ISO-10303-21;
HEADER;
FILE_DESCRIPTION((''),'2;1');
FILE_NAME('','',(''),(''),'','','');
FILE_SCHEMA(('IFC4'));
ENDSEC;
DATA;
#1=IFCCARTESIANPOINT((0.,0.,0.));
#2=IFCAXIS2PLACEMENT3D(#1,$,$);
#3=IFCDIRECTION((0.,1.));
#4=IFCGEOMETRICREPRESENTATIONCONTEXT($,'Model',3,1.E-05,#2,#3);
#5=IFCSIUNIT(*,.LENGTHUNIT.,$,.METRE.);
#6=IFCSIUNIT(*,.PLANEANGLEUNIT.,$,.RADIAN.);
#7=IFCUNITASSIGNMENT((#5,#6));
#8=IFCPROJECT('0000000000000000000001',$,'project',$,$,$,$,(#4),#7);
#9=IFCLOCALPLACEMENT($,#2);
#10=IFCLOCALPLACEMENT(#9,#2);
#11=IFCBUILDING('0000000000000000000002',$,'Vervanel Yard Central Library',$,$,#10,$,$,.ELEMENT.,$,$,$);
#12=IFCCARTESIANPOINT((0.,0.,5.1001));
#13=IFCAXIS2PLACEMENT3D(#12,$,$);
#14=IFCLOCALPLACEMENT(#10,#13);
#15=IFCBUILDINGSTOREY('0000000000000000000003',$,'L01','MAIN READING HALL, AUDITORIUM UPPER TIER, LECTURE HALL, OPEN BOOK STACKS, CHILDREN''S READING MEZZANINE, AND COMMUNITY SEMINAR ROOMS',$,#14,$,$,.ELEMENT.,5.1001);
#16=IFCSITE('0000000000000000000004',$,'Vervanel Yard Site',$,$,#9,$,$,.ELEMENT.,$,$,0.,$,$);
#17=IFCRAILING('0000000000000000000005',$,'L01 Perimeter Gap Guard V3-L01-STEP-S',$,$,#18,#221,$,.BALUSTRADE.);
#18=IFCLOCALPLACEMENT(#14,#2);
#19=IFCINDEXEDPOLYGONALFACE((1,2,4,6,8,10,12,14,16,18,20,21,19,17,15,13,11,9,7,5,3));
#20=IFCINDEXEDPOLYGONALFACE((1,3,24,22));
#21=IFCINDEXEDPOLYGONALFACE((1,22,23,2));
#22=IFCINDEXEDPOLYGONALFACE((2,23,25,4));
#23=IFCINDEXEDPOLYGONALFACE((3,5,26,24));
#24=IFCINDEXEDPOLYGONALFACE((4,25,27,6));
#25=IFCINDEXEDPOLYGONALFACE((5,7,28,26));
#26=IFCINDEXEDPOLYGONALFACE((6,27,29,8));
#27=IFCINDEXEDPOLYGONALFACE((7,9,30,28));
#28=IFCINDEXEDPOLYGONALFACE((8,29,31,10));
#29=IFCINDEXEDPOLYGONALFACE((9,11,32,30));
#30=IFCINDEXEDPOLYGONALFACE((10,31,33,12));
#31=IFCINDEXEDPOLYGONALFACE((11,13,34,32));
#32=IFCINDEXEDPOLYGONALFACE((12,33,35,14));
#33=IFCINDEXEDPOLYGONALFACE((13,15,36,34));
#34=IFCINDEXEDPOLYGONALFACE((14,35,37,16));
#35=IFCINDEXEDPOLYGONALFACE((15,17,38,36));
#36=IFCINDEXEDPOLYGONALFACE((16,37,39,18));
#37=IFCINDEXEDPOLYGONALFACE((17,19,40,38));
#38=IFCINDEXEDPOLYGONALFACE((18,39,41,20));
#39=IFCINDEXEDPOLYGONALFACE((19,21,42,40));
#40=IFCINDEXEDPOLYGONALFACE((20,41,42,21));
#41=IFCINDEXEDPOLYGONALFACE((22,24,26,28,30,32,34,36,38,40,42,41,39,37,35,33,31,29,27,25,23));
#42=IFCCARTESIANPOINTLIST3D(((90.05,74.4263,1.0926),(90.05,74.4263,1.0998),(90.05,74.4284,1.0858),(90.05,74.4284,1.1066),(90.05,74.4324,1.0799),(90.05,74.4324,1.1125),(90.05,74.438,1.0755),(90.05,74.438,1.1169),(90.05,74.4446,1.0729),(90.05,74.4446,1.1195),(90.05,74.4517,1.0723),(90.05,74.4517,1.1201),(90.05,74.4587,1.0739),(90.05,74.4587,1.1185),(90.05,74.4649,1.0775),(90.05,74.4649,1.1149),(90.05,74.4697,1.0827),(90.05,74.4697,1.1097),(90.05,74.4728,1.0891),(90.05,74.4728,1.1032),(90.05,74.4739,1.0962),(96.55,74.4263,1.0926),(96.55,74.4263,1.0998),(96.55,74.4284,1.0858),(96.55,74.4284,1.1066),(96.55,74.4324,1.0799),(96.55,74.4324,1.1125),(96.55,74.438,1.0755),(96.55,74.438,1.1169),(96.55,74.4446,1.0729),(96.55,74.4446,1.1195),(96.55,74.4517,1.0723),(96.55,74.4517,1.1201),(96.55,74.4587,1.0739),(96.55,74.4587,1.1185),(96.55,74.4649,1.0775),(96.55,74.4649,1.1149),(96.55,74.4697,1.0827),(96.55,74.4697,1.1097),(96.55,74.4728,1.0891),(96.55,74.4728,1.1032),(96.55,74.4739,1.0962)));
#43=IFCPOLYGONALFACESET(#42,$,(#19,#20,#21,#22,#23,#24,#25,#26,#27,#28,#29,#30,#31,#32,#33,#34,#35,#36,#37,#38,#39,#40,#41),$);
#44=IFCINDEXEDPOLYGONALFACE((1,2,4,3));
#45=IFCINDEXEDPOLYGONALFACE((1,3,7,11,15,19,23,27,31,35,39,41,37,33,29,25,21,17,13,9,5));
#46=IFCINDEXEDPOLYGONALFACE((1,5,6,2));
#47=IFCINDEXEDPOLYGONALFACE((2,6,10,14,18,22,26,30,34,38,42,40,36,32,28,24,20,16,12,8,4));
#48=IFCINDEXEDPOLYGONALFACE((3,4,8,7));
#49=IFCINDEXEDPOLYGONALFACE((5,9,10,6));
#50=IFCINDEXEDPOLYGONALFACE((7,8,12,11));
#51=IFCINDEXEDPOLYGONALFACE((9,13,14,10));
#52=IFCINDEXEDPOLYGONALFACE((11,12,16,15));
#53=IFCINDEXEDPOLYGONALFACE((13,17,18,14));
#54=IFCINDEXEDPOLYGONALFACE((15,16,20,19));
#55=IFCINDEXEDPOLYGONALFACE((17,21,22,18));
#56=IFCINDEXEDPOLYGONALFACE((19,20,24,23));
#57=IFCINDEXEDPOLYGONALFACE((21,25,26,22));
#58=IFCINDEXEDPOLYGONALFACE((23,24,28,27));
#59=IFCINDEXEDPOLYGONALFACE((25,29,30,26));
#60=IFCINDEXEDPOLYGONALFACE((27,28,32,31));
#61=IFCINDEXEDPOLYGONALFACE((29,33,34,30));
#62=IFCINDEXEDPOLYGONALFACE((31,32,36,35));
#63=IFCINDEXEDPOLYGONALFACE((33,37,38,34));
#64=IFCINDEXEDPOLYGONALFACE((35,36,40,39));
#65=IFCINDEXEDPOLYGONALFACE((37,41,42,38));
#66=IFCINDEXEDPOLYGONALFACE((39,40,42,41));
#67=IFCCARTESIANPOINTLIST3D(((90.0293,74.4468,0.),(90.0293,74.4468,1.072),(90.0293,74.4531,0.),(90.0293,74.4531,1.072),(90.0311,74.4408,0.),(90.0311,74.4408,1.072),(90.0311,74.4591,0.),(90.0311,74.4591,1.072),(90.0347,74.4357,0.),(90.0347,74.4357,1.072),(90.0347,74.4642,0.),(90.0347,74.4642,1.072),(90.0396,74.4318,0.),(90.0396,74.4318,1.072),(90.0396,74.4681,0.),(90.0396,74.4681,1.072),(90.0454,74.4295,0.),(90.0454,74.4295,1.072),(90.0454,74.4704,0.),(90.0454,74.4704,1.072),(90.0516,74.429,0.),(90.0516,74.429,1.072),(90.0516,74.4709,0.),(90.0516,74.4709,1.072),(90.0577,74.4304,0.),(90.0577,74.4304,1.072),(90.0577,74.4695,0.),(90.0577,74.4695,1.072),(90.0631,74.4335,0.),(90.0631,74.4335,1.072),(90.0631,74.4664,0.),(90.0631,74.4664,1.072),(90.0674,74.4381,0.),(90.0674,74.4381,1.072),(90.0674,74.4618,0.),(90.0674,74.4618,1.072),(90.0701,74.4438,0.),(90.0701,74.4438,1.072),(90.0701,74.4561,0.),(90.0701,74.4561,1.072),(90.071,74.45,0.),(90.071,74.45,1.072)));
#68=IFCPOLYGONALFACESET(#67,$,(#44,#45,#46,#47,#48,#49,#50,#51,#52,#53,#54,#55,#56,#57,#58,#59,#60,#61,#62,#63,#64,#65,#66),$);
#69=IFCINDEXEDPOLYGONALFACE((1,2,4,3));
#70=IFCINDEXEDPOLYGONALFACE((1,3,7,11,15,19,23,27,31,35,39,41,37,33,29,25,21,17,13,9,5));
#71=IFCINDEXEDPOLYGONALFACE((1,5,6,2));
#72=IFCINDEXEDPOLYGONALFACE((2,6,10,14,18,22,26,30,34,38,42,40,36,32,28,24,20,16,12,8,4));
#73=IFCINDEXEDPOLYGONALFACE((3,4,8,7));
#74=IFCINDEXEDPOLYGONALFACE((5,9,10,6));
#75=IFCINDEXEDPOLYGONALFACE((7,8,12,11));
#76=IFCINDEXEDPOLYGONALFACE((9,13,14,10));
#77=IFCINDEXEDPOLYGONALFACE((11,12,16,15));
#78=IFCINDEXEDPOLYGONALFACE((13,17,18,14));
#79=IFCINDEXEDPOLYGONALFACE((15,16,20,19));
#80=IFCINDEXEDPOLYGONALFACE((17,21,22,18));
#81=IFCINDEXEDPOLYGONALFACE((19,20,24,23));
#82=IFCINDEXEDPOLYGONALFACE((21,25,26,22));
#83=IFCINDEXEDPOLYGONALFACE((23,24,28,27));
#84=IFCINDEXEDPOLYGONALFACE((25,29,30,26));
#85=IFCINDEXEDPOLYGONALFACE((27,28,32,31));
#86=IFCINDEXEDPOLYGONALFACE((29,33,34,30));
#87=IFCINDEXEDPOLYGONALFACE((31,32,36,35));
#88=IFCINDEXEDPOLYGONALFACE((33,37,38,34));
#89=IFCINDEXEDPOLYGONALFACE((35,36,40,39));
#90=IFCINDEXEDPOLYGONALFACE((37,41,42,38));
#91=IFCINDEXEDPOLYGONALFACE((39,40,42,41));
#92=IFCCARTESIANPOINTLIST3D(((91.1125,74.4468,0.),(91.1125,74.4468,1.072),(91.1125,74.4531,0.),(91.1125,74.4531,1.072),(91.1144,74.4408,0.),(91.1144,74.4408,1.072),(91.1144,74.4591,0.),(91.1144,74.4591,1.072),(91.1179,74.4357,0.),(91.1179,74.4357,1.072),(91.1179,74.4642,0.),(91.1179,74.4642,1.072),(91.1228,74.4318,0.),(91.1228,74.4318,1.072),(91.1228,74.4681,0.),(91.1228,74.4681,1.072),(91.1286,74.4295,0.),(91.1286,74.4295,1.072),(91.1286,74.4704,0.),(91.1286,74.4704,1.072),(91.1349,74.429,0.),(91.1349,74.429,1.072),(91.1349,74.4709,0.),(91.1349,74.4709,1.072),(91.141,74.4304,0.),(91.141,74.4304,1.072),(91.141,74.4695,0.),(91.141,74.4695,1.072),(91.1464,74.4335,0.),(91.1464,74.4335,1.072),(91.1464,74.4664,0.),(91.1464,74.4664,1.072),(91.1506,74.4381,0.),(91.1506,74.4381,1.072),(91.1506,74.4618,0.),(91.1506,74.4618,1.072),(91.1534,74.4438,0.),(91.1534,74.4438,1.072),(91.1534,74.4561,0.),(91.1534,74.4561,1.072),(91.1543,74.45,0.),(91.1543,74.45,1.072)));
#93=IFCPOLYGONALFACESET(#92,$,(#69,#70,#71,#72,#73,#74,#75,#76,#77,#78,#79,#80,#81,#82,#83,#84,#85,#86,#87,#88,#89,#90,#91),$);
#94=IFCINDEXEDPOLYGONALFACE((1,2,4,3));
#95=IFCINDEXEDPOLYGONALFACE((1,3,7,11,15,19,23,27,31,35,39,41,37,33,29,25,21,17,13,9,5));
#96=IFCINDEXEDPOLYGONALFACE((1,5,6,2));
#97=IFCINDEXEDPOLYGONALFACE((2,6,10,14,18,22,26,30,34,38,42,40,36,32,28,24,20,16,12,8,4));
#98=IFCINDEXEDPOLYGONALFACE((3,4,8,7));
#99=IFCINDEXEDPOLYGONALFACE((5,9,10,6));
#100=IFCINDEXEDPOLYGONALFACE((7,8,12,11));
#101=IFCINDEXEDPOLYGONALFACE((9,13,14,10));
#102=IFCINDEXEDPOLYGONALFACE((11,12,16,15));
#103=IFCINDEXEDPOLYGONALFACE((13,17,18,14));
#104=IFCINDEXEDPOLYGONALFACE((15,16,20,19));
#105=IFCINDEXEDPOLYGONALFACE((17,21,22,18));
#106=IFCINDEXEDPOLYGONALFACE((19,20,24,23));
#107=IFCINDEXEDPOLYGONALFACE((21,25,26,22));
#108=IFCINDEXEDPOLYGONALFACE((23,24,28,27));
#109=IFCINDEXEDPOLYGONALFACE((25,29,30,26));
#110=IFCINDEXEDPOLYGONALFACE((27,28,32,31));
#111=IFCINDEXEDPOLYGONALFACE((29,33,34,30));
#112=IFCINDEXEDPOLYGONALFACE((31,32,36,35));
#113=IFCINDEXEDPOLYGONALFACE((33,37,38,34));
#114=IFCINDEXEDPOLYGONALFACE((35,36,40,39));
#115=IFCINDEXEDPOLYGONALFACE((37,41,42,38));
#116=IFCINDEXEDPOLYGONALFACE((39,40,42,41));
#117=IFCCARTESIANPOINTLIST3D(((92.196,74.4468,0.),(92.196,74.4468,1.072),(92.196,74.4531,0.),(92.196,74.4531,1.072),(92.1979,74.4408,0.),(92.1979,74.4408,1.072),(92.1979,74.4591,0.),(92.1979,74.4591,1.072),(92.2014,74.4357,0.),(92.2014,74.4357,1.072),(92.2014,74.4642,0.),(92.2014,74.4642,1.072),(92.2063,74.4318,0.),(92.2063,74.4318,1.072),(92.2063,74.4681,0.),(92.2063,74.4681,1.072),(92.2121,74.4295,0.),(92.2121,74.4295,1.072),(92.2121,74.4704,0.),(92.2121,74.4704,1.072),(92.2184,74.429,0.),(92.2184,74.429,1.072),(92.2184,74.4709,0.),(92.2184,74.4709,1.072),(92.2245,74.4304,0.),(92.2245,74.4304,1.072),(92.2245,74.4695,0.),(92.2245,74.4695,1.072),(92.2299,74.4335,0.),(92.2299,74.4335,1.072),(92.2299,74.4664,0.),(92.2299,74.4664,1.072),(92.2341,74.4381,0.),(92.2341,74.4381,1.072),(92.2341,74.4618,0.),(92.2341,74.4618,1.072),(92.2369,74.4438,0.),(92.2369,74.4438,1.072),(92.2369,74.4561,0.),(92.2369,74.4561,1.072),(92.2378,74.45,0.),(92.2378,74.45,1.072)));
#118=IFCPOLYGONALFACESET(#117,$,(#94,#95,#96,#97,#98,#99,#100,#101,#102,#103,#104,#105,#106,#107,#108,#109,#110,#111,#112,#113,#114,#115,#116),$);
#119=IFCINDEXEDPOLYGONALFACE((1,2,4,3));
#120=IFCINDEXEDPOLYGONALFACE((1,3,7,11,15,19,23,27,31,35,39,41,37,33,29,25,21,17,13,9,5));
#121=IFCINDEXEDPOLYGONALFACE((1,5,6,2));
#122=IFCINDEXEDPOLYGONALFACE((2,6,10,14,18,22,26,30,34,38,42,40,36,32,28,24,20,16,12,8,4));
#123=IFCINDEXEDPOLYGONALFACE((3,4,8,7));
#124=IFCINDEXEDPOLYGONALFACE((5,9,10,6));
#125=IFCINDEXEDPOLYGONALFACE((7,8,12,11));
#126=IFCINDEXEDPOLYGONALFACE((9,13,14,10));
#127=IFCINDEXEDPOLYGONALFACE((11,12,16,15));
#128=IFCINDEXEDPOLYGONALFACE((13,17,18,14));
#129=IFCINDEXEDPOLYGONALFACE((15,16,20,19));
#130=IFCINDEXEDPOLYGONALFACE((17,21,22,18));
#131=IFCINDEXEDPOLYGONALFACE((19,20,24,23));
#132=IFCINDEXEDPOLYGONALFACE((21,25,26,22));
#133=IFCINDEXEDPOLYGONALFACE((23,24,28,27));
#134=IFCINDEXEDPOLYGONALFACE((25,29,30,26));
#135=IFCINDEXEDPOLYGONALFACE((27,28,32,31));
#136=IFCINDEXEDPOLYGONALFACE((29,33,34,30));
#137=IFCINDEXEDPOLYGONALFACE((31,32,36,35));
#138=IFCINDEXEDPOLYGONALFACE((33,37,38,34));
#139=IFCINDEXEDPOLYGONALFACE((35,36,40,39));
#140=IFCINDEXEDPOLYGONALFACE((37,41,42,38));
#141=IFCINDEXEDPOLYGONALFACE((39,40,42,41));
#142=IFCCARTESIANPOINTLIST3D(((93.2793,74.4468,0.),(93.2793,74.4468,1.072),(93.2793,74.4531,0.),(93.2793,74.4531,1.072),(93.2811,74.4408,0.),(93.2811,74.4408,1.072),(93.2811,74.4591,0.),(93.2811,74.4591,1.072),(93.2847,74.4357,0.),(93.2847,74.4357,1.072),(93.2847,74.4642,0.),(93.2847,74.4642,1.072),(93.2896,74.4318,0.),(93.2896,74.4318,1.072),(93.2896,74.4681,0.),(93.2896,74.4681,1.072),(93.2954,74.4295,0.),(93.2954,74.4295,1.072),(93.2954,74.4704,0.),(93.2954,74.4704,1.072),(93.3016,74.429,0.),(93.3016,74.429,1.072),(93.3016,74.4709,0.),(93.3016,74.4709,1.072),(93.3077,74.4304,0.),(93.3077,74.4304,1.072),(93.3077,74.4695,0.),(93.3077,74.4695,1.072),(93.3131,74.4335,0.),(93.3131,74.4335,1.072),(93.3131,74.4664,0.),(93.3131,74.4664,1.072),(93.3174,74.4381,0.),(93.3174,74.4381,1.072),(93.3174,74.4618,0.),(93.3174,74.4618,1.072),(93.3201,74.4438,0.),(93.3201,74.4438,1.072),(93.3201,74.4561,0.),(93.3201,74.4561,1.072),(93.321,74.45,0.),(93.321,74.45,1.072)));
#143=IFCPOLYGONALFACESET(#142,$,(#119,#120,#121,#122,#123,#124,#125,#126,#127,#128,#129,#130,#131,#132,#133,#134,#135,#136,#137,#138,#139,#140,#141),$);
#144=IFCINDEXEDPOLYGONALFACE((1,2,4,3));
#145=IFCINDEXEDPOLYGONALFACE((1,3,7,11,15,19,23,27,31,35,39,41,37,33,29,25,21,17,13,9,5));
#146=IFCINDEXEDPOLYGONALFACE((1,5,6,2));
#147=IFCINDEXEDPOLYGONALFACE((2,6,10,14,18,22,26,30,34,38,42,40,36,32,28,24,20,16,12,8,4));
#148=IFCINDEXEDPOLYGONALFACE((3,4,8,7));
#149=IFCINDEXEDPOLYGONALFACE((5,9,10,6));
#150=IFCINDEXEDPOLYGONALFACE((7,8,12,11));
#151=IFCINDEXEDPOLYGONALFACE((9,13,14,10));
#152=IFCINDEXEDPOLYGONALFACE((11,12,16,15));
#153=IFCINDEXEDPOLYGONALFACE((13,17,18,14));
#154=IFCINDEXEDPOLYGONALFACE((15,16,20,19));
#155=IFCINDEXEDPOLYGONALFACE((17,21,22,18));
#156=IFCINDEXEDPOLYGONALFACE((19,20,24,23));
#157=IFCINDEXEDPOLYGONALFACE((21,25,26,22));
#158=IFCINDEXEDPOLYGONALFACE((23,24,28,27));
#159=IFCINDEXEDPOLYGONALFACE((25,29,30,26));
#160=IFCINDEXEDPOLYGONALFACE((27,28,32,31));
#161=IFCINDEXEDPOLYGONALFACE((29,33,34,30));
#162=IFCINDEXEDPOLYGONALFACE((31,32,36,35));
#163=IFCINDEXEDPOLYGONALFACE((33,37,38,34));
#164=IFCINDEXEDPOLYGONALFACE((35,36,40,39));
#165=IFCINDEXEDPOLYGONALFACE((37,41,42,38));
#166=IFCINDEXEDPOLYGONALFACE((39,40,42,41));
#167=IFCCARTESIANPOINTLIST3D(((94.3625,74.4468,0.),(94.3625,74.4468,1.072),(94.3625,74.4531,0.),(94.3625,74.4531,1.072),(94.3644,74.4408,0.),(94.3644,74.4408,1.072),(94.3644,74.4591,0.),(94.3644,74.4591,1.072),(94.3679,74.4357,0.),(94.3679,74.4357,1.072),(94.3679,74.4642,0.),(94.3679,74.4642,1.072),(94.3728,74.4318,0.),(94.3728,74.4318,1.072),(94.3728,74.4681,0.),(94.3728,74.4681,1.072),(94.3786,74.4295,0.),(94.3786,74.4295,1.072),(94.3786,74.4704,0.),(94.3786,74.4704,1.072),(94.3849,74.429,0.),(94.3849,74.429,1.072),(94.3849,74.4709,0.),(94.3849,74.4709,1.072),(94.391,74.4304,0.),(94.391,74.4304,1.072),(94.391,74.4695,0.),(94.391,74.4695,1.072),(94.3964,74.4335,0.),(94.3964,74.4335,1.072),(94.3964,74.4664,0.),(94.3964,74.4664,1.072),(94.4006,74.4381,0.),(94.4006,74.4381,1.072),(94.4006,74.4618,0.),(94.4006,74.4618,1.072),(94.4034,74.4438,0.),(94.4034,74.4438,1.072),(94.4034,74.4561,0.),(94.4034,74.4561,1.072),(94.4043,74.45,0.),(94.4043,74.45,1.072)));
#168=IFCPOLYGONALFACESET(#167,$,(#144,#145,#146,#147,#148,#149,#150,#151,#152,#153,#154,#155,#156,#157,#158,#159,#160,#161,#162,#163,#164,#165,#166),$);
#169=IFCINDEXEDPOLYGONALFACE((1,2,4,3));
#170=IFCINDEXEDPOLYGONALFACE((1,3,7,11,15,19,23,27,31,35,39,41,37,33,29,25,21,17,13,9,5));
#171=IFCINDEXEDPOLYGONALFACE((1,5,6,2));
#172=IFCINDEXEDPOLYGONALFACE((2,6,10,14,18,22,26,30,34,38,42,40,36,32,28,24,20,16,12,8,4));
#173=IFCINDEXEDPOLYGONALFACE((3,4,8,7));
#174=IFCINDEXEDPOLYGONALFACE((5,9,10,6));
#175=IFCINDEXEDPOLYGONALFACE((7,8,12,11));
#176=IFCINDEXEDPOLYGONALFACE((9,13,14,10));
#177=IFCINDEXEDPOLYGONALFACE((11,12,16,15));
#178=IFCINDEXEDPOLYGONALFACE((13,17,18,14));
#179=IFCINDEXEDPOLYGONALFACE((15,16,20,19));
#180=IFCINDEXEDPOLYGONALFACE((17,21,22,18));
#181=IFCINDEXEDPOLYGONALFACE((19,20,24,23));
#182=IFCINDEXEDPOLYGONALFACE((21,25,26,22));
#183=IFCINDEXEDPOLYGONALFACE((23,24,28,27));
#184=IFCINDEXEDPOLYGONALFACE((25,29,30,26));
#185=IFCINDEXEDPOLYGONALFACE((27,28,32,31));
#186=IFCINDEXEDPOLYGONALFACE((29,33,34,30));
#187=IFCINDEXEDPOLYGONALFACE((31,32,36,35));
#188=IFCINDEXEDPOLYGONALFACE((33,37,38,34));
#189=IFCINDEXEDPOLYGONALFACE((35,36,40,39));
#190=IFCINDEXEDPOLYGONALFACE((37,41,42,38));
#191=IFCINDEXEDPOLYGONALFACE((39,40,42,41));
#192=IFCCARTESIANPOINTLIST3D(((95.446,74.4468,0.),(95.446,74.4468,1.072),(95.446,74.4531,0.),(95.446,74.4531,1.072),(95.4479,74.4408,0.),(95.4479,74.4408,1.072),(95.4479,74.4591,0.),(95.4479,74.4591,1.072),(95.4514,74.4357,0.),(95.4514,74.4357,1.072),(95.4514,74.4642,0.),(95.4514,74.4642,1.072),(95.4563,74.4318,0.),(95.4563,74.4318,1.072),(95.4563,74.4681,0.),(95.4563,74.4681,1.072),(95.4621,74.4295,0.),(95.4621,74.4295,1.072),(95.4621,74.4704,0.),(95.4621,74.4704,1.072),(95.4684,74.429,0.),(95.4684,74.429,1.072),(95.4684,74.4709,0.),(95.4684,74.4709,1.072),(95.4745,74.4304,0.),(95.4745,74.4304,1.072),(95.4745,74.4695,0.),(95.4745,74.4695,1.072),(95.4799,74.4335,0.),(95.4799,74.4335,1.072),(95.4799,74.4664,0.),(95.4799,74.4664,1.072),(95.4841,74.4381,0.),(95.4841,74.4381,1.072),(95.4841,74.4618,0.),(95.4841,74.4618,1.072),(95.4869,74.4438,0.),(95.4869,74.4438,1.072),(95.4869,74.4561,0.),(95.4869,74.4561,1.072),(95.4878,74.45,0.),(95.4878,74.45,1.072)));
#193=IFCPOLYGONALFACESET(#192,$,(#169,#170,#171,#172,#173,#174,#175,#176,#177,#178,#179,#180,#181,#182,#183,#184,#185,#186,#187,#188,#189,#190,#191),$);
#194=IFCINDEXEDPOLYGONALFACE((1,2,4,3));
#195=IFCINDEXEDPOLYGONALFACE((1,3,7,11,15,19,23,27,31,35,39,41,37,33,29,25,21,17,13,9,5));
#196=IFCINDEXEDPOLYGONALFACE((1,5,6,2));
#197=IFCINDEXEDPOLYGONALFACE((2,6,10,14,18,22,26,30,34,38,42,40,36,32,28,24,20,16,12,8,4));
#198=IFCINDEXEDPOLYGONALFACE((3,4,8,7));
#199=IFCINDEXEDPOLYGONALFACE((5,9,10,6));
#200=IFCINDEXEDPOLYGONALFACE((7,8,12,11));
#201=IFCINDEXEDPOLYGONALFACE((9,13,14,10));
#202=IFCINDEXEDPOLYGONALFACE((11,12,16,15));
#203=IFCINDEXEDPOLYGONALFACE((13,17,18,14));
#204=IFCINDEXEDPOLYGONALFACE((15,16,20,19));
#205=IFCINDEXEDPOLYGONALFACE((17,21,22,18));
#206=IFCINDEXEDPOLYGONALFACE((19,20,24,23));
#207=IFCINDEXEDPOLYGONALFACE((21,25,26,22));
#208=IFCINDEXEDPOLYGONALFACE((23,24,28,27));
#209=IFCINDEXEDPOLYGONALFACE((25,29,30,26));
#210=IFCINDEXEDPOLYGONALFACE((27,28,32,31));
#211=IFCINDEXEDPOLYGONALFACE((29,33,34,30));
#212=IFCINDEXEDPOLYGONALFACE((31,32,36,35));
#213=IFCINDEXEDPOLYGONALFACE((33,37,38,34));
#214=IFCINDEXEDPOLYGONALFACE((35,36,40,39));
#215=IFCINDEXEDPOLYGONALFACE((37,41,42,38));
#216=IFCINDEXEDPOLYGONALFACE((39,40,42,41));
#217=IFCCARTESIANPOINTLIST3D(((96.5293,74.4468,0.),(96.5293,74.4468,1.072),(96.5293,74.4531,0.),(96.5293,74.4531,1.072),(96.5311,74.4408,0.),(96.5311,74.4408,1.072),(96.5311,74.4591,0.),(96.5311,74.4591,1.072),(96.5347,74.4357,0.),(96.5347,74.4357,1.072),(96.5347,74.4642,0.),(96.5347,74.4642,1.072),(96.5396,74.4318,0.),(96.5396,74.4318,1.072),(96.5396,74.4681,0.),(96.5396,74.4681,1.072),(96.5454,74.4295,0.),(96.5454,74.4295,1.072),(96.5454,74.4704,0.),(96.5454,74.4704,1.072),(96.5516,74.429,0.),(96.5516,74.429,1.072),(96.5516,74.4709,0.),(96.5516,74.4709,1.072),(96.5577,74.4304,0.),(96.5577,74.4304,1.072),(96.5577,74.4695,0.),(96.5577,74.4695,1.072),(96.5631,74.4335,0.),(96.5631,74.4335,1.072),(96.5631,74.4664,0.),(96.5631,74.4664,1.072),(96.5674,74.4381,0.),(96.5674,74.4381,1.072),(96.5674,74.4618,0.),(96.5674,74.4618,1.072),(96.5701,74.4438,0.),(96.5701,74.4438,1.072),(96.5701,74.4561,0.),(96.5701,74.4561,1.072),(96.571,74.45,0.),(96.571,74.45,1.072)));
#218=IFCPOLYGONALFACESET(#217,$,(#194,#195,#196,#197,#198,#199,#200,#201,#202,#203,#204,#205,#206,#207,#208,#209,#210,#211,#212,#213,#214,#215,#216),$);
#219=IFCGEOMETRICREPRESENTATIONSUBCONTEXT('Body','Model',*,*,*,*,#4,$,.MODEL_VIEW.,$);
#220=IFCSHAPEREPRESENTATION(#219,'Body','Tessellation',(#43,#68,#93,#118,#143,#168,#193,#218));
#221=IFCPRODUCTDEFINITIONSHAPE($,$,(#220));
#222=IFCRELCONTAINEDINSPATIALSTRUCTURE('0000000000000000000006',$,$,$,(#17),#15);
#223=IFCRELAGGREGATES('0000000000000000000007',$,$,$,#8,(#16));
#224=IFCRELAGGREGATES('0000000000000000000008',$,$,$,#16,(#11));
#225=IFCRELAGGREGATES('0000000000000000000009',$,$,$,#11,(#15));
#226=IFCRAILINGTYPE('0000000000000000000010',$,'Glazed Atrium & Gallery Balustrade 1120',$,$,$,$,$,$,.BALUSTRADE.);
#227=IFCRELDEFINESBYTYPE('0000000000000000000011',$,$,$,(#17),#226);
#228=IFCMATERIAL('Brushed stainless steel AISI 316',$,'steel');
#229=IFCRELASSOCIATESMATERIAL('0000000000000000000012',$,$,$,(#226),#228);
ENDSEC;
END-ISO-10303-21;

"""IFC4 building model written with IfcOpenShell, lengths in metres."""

from ifc_helpers import new_model, si_unit, direction, frame, origin, origin_2d, place, context, subcontext, project, spatial, circle, extrude, material, type_object, element, save


model = new_model("IFC4")

# Units and contexts
model_context = context("Model", 3, precision=1e-05, world=origin(), true_north=direction((0.0, 1.0)))
body_context = subcontext(model_context, "Body", "Model", "MODEL_VIEW")
ifc_project = project(units=[si_unit("LENGTHUNIT", "METRE"), si_unit("PLANEANGLEUNIT", "RADIAN")], contexts=[model_context])

# Site, building, storey
site_placement = place(None, origin())
site = spatial("IfcSite", under=ifc_project, at=site_placement, Name="Vervanel Yard Site", CompositionType="ELEMENT", RefElevation=0.0)
building_placement = place(site_placement, origin())
building = spatial("IfcBuilding", under=site, at=building_placement, Name="Vervanel Yard Central Library", CompositionType="ELEMENT")
storey_placement = place(building_placement, frame((0.0, 0.0, 5.1001)))
storey = spatial("IfcBuildingStorey", under=building, at=storey_placement, Name="L01", Description="MAIN READING HALL, AUDITORIUM UPPER TIER, LECTURE HALL, OPEN BOOK STACKS, CHILDREN'S READING MEZZANINE, AND COMMUNITY SEMINAR ROOMS", CompositionType="ELEMENT", Elevation=5.1001)

# Railing
ifc_material_1 = material(Name="Brushed stainless steel AISI 316", Category="steel")
railing_type = type_object("IfcRailingType", Name="Glazed Atrium & Gallery Balustrade 1120", PredefinedType="BALUSTRADE", material=ifc_material_1)
railing_placement = place(storey_placement, frame((90.05, 74.45, 0.0)))
element("IfcRailing", 1, at=railing_placement, inside=storey, type_object=railing_type, Name="L01 Perimeter Gap Guard V3-L01-STEP-S", PredefinedType="BALUSTRADE", context=body_context, shape_type="SweptSolid", body=[
    extrude(circle(Radius=0.0239, at=origin_2d()), frame((0.0, 0.0, 1.0962), z_axis=(1.0, 0.0, 0.0), x_axis=(0.0, 1.0, 0.0)), (0.0, 0.0, 1.0), 6.5),
    extrude(circle(Radius=0.021, at=origin_2d()), origin(), (0.0, 0.0, 1.0), 1.072),
    extrude(circle(Radius=0.021, at=origin_2d()), frame((1.0833, 0.0, 0.0)), (0.0, 0.0, 1.0), 1.072),
    extrude(circle(Radius=0.021, at=origin_2d()), frame((2.1667, 0.0, 0.0)), (0.0, 0.0, 1.0), 1.072),
    extrude(circle(Radius=0.021, at=origin_2d()), frame((3.25, 0.0, 0.0)), (0.0, 0.0, 1.0), 1.072),
    extrude(circle(Radius=0.021, at=origin_2d()), frame((4.3333, 0.0, 0.0)), (0.0, 0.0, 1.0), 1.072),
    extrude(circle(Radius=0.021, at=origin_2d()), frame((5.4167, 0.0, 0.0)), (0.0, 0.0, 1.0), 1.072),
    extrude(circle(Radius=0.021, at=origin_2d()), frame((6.5, 0.0, 0.0)), (0.0, 0.0, 1.0), 1.072),
])

save(model, "model.ifc")
